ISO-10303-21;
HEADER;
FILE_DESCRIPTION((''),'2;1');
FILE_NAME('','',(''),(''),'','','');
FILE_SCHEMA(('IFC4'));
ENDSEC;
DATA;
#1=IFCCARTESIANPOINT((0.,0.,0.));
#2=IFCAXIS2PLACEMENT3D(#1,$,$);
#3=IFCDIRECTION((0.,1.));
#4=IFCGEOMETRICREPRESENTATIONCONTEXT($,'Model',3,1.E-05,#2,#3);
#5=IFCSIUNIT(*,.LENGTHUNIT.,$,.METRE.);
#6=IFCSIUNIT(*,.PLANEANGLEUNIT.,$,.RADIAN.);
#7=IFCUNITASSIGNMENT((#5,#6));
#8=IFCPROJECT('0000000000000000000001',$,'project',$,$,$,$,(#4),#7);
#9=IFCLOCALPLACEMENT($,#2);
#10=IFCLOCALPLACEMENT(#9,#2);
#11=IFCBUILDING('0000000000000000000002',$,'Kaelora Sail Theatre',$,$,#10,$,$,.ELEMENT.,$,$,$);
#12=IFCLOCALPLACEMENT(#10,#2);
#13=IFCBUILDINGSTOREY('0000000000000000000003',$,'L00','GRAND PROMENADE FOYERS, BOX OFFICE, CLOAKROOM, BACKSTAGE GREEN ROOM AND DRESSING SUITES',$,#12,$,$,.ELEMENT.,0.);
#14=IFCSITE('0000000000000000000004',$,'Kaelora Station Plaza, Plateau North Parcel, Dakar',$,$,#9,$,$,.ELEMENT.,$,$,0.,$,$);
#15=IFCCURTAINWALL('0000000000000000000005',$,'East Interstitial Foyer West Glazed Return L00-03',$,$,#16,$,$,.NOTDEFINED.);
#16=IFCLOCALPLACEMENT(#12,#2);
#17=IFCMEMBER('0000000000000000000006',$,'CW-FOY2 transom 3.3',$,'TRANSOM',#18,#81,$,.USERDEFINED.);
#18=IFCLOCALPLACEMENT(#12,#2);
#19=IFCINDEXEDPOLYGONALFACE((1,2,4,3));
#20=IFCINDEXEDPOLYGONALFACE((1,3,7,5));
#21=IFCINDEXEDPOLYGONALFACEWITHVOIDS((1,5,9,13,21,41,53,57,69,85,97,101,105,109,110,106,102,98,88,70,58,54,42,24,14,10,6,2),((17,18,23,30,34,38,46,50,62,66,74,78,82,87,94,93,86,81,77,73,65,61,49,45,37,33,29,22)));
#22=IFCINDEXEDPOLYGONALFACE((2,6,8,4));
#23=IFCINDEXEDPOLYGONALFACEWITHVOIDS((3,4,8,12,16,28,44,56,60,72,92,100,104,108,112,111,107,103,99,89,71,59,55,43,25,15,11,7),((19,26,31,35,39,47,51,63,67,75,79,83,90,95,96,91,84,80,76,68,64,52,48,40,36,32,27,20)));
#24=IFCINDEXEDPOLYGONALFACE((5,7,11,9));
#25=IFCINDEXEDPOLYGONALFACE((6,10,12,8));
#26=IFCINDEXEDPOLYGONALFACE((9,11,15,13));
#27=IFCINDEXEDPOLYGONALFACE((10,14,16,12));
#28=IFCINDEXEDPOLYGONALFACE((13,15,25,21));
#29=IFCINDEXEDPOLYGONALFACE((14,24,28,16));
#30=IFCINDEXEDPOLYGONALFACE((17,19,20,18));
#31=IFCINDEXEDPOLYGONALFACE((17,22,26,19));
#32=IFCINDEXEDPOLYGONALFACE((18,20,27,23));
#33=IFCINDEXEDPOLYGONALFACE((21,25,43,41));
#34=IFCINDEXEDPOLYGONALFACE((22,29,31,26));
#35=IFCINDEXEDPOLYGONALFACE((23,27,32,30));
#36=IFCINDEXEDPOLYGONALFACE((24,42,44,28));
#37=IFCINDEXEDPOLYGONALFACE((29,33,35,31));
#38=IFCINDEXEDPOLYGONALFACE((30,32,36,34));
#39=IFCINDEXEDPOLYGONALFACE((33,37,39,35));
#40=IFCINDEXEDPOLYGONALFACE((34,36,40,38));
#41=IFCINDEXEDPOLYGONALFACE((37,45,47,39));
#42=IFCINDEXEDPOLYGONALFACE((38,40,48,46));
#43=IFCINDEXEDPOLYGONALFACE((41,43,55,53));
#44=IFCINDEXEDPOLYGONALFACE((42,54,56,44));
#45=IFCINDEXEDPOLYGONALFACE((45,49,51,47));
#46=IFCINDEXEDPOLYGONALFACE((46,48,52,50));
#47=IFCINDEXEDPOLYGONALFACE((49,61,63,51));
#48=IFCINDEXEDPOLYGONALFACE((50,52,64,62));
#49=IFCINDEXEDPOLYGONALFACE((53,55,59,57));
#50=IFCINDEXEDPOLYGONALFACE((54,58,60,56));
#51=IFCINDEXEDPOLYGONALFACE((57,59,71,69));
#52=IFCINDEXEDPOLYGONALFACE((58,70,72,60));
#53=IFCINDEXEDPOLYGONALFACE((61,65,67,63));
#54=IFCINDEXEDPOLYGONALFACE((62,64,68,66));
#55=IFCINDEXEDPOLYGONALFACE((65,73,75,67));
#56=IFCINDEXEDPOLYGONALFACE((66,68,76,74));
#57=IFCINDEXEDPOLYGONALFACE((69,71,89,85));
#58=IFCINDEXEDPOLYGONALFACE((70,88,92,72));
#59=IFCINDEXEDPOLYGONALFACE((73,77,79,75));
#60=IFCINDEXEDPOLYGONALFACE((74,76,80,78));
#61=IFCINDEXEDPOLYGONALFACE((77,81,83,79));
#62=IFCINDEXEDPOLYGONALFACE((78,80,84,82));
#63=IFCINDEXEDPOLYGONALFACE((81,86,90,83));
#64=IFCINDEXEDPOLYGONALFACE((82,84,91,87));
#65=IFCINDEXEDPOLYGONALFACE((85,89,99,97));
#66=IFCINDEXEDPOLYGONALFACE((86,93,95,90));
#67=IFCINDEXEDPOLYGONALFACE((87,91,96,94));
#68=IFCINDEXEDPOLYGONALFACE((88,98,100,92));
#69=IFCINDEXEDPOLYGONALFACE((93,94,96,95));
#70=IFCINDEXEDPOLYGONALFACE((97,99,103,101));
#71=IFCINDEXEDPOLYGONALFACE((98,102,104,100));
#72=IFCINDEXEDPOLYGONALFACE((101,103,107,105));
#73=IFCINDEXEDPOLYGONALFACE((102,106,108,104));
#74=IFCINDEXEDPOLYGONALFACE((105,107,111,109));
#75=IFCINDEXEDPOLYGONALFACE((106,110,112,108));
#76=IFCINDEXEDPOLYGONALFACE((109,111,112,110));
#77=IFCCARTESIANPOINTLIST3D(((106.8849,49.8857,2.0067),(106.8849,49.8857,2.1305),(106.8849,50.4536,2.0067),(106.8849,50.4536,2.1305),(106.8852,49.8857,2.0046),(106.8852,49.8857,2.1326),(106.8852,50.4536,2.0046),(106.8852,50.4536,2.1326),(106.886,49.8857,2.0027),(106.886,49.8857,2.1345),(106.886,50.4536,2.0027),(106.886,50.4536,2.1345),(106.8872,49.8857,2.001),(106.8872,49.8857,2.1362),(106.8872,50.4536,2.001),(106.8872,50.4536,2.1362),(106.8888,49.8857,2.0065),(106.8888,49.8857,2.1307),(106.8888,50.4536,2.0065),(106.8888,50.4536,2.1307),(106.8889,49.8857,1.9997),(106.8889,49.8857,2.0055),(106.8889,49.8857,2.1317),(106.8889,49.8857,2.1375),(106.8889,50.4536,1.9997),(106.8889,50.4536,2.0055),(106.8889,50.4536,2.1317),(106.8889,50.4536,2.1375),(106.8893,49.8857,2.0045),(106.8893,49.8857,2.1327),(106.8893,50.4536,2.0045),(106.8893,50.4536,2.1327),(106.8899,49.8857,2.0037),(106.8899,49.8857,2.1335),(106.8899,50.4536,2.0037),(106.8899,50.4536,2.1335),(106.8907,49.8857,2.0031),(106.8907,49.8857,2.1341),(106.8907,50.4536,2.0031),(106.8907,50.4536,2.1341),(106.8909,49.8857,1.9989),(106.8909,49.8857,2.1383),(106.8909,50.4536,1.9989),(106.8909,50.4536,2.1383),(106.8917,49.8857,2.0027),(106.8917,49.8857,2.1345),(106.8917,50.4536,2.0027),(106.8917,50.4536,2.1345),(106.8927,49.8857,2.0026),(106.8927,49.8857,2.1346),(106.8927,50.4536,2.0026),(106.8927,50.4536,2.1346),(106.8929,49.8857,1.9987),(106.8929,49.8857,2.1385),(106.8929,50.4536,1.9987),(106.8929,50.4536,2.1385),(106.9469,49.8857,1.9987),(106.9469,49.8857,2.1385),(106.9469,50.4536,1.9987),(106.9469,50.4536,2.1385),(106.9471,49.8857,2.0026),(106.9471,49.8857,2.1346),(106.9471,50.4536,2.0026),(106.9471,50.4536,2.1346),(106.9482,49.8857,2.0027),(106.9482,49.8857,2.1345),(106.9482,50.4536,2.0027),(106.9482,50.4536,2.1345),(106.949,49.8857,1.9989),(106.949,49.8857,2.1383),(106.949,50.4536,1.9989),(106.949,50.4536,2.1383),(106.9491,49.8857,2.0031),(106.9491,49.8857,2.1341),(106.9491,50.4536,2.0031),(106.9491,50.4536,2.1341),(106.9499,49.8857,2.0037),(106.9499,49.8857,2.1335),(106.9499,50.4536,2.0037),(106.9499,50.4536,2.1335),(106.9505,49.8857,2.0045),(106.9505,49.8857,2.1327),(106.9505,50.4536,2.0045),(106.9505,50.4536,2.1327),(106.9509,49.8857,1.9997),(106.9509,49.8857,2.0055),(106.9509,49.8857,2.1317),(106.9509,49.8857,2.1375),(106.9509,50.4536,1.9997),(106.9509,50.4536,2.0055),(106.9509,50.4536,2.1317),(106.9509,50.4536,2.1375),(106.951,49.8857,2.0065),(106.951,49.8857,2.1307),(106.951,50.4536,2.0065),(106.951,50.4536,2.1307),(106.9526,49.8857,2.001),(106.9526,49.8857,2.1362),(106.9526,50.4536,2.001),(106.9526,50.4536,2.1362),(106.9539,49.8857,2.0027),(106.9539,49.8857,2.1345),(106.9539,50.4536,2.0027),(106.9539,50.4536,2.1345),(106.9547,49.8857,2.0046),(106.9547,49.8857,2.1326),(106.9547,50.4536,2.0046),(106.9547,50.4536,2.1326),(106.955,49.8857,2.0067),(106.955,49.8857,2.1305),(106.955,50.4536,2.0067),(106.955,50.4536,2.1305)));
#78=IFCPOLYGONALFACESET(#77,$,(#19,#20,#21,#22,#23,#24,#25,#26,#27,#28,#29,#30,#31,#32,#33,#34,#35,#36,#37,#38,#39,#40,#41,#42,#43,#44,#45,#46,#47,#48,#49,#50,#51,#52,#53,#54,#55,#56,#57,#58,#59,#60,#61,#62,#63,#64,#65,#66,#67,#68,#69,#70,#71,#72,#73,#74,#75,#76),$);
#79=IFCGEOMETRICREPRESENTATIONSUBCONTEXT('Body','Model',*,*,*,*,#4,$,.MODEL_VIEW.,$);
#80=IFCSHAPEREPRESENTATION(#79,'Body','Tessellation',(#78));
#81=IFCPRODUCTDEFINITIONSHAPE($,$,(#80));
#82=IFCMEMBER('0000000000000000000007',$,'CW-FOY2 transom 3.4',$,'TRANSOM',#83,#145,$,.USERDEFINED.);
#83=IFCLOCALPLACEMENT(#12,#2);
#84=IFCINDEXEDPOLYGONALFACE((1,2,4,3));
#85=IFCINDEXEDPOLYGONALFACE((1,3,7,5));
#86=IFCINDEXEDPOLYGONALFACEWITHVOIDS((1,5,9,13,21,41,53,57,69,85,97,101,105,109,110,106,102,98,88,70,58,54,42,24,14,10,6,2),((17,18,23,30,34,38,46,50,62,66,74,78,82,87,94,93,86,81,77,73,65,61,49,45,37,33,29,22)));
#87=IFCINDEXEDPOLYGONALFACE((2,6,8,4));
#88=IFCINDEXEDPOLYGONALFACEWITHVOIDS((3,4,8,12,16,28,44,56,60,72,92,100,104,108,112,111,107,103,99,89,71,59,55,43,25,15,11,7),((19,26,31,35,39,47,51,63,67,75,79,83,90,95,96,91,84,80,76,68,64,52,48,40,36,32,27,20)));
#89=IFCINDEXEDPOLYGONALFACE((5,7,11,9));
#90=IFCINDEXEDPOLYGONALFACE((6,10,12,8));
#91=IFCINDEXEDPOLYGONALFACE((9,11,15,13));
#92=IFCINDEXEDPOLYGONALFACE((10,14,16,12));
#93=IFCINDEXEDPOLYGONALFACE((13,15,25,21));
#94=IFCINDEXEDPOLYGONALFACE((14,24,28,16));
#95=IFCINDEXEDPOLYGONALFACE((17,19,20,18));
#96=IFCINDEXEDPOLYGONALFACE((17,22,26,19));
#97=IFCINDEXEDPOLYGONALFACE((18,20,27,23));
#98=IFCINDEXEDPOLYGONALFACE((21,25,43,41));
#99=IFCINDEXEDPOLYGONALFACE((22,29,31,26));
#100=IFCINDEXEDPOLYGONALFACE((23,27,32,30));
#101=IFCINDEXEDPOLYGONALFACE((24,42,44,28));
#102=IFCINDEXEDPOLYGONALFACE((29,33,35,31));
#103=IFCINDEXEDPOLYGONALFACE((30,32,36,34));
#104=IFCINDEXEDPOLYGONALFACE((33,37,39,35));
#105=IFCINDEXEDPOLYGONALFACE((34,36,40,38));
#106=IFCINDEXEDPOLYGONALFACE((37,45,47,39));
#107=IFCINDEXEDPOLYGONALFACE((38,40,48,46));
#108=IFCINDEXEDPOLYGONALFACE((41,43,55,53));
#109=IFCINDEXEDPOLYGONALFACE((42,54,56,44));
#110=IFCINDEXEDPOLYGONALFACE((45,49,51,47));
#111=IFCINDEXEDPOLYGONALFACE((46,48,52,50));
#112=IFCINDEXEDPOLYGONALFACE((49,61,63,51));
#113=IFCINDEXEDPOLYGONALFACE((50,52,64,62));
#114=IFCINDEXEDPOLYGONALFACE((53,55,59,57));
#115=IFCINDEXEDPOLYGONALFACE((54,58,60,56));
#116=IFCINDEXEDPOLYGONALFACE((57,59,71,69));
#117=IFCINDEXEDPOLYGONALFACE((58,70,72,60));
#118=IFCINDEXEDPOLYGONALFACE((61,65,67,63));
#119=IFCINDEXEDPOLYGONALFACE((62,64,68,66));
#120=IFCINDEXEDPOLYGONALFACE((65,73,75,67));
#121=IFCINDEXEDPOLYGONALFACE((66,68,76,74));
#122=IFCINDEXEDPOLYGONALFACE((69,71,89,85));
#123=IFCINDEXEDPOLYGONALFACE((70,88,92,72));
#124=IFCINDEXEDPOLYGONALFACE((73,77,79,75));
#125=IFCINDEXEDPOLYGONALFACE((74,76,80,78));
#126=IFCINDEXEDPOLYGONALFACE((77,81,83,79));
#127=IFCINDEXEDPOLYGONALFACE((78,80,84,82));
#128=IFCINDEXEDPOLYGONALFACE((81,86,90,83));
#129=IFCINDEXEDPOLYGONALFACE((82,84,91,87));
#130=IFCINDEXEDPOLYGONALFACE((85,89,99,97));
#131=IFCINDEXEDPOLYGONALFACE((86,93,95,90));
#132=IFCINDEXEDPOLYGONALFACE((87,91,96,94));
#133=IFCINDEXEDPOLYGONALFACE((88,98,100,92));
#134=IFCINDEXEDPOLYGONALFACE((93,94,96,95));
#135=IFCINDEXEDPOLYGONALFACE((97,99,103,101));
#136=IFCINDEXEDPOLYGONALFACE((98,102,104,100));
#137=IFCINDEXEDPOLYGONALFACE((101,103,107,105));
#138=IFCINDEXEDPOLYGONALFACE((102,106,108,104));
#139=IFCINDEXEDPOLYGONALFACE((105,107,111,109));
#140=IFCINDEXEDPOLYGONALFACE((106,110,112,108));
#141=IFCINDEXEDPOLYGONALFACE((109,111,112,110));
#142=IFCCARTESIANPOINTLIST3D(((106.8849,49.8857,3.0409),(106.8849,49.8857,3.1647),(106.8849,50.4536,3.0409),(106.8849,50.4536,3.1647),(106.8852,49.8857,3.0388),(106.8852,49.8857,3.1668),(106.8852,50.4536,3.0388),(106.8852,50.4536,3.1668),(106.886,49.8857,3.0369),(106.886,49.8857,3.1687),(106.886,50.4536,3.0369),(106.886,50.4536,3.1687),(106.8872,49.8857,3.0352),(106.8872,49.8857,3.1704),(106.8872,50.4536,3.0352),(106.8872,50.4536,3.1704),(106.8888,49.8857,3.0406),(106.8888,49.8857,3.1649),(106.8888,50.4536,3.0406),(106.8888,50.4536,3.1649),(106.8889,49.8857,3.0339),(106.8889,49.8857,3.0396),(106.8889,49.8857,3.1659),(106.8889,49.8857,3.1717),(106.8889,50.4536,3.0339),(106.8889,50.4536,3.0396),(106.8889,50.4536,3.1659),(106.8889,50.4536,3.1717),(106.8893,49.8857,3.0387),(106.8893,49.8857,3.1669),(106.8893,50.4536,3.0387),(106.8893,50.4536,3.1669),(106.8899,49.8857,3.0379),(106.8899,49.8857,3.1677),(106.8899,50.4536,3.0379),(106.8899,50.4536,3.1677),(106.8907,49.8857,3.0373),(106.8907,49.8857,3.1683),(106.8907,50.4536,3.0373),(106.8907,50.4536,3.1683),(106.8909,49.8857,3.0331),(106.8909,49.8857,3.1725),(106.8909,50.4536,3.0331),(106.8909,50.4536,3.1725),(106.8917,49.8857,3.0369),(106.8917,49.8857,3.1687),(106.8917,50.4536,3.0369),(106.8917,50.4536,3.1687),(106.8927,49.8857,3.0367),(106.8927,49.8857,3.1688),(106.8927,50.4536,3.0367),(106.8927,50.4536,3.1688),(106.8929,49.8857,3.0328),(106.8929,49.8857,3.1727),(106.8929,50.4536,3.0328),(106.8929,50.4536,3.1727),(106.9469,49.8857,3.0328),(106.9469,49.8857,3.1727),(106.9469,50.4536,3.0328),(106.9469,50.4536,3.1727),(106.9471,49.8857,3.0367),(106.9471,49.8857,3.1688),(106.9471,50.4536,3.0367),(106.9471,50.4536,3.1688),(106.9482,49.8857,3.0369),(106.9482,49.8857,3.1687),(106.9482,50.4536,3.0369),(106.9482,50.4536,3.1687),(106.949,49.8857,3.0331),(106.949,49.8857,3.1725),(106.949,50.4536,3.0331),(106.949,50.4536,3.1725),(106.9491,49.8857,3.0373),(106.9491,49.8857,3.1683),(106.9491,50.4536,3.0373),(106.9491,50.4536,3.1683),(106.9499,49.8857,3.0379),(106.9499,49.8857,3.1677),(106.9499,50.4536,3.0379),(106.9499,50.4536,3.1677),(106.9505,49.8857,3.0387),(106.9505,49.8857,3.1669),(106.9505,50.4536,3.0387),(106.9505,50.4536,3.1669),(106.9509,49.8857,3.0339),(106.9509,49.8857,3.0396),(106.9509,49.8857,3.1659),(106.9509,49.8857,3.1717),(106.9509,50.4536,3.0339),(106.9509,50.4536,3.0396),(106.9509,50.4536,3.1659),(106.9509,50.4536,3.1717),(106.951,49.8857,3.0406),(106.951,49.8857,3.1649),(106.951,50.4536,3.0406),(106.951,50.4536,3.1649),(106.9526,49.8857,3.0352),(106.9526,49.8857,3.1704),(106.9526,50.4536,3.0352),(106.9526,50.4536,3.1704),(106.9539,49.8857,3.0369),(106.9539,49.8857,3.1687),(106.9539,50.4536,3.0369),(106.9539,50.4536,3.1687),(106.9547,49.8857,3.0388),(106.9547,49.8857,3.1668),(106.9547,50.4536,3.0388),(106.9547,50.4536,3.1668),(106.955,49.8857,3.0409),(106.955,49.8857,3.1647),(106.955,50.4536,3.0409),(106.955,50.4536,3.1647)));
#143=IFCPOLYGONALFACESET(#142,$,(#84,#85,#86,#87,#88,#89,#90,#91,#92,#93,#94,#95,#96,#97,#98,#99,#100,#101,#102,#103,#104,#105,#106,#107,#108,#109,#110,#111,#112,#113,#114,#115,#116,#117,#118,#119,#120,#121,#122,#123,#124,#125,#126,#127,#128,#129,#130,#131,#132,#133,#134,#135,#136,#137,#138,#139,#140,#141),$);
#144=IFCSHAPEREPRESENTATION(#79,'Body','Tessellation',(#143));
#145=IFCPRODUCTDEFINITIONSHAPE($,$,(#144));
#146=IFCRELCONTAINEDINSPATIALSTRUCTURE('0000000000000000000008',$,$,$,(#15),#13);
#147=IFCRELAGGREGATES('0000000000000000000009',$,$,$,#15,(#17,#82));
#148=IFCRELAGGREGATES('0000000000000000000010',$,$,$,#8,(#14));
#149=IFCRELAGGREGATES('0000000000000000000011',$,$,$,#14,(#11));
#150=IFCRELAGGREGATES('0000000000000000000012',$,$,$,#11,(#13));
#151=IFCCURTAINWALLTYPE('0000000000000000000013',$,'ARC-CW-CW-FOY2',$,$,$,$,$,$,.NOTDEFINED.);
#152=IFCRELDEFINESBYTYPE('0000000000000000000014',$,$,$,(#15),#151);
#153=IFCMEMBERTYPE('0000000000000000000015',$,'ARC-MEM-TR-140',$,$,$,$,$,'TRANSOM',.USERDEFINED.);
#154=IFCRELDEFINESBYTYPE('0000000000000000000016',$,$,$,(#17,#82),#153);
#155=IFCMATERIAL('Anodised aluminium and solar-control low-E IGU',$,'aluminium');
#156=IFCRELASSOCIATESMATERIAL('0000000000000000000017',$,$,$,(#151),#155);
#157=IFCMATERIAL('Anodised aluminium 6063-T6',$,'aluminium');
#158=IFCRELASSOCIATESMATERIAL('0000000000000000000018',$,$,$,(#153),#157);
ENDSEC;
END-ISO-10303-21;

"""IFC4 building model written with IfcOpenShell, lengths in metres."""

from ifc_helpers import new_model, si_unit, direction, frame, origin, origin_2d, place, context, subcontext, project, spatial, hollow_rectangle, extrude, material, material_profile, profile_set, type_object, element, aggregate, save


model = new_model("IFC4")

# Units and contexts
model_context = context("Model", 3, precision=1e-05, world=origin(), true_north=direction((0.0, 1.0)))
body_context = subcontext(model_context, "Body", "Model", "MODEL_VIEW")
ifc_project = project(units=[si_unit("LENGTHUNIT", "METRE"), si_unit("PLANEANGLEUNIT", "RADIAN")], contexts=[model_context])

# Site, building, storey
site_placement = place(None, origin())
site = spatial("IfcSite", under=ifc_project, at=site_placement, Name="Kaelora Station Plaza, Plateau North Parcel, Dakar", CompositionType="ELEMENT", RefElevation=0.0)
building_placement = place(site_placement, origin())
building = spatial("IfcBuilding", under=site, at=building_placement, Name="Kaelora Sail Theatre", CompositionType="ELEMENT")
storey_placement = place(building_placement, origin())
storey = spatial("IfcBuildingStorey", under=building, at=storey_placement, Name="L00", Description="GRAND PROMENADE FOYERS, BOX OFFICE, CLOAKROOM, BACKSTAGE GREEN ROOM AND DRESSING SUITES", CompositionType="ELEMENT", Elevation=0.0)

# Curtain wall, members
ifc_material_1 = material(Name="Anodised aluminium and solar-control low-E IGU", Category="aluminium")
curtain_wall_type = type_object("IfcCurtainWallType", Name="ARC-CW-CW-FOY2", PredefinedType="NOTDEFINED", material=ifc_material_1)
curtain_wall_1_placement = place(storey_placement, origin())
curtain_wall_1 = element("IfcCurtainWall", 1, at=curtain_wall_1_placement, inside=storey, type_object=curtain_wall_type, Name="East Interstitial Foyer West Glazed Return L00-03", PredefinedType="NOTDEFINED")
ifc_material_2 = material(Name="Anodised aluminium 6063-T6", Category="aluminium")
ifc_material_profile = material_profile(ifc_material_2, hollow_rectangle(XDim=0.0701, YDim=0.1399, WallThickness=0.0039, InnerFilletRadius=0.0039, OuterFilletRadius=0.0081, at=origin_2d()), Name="ALU-TRAN 70x140x4")
ifc_profile_set = profile_set([ifc_material_profile], Name="Anodised aluminium 6063-T6")
member_type = type_object("IfcMemberType", Name="ARC-MEM-TR-140", ElementType="TRANSOM", PredefinedType="USERDEFINED", material=ifc_profile_set)
member_1_placement = place(storey_placement, frame((106.9199, 49.8857, 2.0686), z_axis=(0.0, 1.0, 0.0), x_axis=(-1.0, 0.0, 0.0)))
member_1 = element("IfcMember", 2, at=member_1_placement, type_object=member_type, Name="CW-FOY2 transom 3.3", ObjectType="TRANSOM", PredefinedType="USERDEFINED", context=body_context, shape_type="SweptSolid", body=[
    extrude(hollow_rectangle(XDim=0.0701, YDim=0.1399, WallThickness=0.0039, InnerFilletRadius=0.0039, OuterFilletRadius=0.0081, at=origin_2d()), origin(), (0.0, 0.0, 1.0), 0.5679),
])
member_2_placement = place(storey_placement, frame((106.9199, 49.8857, 3.1028), z_axis=(0.0, 1.0, 0.0), x_axis=(-1.0, 0.0, 0.0)))
member_2 = element("IfcMember", 3, at=member_2_placement, type_object=member_type, Name="CW-FOY2 transom 3.4", ObjectType="TRANSOM", PredefinedType="USERDEFINED", context=body_context, shape_type="SweptSolid", body=[
    extrude(hollow_rectangle(XDim=0.0701, YDim=0.1399, WallThickness=0.0039, InnerFilletRadius=0.0039, OuterFilletRadius=0.0081, at=origin_2d()), origin(), (0.0, 0.0, 1.0), 0.5679),
])

aggregate(curtain_wall_1, [member_1, member_2])

save(model, "model.ifc")
